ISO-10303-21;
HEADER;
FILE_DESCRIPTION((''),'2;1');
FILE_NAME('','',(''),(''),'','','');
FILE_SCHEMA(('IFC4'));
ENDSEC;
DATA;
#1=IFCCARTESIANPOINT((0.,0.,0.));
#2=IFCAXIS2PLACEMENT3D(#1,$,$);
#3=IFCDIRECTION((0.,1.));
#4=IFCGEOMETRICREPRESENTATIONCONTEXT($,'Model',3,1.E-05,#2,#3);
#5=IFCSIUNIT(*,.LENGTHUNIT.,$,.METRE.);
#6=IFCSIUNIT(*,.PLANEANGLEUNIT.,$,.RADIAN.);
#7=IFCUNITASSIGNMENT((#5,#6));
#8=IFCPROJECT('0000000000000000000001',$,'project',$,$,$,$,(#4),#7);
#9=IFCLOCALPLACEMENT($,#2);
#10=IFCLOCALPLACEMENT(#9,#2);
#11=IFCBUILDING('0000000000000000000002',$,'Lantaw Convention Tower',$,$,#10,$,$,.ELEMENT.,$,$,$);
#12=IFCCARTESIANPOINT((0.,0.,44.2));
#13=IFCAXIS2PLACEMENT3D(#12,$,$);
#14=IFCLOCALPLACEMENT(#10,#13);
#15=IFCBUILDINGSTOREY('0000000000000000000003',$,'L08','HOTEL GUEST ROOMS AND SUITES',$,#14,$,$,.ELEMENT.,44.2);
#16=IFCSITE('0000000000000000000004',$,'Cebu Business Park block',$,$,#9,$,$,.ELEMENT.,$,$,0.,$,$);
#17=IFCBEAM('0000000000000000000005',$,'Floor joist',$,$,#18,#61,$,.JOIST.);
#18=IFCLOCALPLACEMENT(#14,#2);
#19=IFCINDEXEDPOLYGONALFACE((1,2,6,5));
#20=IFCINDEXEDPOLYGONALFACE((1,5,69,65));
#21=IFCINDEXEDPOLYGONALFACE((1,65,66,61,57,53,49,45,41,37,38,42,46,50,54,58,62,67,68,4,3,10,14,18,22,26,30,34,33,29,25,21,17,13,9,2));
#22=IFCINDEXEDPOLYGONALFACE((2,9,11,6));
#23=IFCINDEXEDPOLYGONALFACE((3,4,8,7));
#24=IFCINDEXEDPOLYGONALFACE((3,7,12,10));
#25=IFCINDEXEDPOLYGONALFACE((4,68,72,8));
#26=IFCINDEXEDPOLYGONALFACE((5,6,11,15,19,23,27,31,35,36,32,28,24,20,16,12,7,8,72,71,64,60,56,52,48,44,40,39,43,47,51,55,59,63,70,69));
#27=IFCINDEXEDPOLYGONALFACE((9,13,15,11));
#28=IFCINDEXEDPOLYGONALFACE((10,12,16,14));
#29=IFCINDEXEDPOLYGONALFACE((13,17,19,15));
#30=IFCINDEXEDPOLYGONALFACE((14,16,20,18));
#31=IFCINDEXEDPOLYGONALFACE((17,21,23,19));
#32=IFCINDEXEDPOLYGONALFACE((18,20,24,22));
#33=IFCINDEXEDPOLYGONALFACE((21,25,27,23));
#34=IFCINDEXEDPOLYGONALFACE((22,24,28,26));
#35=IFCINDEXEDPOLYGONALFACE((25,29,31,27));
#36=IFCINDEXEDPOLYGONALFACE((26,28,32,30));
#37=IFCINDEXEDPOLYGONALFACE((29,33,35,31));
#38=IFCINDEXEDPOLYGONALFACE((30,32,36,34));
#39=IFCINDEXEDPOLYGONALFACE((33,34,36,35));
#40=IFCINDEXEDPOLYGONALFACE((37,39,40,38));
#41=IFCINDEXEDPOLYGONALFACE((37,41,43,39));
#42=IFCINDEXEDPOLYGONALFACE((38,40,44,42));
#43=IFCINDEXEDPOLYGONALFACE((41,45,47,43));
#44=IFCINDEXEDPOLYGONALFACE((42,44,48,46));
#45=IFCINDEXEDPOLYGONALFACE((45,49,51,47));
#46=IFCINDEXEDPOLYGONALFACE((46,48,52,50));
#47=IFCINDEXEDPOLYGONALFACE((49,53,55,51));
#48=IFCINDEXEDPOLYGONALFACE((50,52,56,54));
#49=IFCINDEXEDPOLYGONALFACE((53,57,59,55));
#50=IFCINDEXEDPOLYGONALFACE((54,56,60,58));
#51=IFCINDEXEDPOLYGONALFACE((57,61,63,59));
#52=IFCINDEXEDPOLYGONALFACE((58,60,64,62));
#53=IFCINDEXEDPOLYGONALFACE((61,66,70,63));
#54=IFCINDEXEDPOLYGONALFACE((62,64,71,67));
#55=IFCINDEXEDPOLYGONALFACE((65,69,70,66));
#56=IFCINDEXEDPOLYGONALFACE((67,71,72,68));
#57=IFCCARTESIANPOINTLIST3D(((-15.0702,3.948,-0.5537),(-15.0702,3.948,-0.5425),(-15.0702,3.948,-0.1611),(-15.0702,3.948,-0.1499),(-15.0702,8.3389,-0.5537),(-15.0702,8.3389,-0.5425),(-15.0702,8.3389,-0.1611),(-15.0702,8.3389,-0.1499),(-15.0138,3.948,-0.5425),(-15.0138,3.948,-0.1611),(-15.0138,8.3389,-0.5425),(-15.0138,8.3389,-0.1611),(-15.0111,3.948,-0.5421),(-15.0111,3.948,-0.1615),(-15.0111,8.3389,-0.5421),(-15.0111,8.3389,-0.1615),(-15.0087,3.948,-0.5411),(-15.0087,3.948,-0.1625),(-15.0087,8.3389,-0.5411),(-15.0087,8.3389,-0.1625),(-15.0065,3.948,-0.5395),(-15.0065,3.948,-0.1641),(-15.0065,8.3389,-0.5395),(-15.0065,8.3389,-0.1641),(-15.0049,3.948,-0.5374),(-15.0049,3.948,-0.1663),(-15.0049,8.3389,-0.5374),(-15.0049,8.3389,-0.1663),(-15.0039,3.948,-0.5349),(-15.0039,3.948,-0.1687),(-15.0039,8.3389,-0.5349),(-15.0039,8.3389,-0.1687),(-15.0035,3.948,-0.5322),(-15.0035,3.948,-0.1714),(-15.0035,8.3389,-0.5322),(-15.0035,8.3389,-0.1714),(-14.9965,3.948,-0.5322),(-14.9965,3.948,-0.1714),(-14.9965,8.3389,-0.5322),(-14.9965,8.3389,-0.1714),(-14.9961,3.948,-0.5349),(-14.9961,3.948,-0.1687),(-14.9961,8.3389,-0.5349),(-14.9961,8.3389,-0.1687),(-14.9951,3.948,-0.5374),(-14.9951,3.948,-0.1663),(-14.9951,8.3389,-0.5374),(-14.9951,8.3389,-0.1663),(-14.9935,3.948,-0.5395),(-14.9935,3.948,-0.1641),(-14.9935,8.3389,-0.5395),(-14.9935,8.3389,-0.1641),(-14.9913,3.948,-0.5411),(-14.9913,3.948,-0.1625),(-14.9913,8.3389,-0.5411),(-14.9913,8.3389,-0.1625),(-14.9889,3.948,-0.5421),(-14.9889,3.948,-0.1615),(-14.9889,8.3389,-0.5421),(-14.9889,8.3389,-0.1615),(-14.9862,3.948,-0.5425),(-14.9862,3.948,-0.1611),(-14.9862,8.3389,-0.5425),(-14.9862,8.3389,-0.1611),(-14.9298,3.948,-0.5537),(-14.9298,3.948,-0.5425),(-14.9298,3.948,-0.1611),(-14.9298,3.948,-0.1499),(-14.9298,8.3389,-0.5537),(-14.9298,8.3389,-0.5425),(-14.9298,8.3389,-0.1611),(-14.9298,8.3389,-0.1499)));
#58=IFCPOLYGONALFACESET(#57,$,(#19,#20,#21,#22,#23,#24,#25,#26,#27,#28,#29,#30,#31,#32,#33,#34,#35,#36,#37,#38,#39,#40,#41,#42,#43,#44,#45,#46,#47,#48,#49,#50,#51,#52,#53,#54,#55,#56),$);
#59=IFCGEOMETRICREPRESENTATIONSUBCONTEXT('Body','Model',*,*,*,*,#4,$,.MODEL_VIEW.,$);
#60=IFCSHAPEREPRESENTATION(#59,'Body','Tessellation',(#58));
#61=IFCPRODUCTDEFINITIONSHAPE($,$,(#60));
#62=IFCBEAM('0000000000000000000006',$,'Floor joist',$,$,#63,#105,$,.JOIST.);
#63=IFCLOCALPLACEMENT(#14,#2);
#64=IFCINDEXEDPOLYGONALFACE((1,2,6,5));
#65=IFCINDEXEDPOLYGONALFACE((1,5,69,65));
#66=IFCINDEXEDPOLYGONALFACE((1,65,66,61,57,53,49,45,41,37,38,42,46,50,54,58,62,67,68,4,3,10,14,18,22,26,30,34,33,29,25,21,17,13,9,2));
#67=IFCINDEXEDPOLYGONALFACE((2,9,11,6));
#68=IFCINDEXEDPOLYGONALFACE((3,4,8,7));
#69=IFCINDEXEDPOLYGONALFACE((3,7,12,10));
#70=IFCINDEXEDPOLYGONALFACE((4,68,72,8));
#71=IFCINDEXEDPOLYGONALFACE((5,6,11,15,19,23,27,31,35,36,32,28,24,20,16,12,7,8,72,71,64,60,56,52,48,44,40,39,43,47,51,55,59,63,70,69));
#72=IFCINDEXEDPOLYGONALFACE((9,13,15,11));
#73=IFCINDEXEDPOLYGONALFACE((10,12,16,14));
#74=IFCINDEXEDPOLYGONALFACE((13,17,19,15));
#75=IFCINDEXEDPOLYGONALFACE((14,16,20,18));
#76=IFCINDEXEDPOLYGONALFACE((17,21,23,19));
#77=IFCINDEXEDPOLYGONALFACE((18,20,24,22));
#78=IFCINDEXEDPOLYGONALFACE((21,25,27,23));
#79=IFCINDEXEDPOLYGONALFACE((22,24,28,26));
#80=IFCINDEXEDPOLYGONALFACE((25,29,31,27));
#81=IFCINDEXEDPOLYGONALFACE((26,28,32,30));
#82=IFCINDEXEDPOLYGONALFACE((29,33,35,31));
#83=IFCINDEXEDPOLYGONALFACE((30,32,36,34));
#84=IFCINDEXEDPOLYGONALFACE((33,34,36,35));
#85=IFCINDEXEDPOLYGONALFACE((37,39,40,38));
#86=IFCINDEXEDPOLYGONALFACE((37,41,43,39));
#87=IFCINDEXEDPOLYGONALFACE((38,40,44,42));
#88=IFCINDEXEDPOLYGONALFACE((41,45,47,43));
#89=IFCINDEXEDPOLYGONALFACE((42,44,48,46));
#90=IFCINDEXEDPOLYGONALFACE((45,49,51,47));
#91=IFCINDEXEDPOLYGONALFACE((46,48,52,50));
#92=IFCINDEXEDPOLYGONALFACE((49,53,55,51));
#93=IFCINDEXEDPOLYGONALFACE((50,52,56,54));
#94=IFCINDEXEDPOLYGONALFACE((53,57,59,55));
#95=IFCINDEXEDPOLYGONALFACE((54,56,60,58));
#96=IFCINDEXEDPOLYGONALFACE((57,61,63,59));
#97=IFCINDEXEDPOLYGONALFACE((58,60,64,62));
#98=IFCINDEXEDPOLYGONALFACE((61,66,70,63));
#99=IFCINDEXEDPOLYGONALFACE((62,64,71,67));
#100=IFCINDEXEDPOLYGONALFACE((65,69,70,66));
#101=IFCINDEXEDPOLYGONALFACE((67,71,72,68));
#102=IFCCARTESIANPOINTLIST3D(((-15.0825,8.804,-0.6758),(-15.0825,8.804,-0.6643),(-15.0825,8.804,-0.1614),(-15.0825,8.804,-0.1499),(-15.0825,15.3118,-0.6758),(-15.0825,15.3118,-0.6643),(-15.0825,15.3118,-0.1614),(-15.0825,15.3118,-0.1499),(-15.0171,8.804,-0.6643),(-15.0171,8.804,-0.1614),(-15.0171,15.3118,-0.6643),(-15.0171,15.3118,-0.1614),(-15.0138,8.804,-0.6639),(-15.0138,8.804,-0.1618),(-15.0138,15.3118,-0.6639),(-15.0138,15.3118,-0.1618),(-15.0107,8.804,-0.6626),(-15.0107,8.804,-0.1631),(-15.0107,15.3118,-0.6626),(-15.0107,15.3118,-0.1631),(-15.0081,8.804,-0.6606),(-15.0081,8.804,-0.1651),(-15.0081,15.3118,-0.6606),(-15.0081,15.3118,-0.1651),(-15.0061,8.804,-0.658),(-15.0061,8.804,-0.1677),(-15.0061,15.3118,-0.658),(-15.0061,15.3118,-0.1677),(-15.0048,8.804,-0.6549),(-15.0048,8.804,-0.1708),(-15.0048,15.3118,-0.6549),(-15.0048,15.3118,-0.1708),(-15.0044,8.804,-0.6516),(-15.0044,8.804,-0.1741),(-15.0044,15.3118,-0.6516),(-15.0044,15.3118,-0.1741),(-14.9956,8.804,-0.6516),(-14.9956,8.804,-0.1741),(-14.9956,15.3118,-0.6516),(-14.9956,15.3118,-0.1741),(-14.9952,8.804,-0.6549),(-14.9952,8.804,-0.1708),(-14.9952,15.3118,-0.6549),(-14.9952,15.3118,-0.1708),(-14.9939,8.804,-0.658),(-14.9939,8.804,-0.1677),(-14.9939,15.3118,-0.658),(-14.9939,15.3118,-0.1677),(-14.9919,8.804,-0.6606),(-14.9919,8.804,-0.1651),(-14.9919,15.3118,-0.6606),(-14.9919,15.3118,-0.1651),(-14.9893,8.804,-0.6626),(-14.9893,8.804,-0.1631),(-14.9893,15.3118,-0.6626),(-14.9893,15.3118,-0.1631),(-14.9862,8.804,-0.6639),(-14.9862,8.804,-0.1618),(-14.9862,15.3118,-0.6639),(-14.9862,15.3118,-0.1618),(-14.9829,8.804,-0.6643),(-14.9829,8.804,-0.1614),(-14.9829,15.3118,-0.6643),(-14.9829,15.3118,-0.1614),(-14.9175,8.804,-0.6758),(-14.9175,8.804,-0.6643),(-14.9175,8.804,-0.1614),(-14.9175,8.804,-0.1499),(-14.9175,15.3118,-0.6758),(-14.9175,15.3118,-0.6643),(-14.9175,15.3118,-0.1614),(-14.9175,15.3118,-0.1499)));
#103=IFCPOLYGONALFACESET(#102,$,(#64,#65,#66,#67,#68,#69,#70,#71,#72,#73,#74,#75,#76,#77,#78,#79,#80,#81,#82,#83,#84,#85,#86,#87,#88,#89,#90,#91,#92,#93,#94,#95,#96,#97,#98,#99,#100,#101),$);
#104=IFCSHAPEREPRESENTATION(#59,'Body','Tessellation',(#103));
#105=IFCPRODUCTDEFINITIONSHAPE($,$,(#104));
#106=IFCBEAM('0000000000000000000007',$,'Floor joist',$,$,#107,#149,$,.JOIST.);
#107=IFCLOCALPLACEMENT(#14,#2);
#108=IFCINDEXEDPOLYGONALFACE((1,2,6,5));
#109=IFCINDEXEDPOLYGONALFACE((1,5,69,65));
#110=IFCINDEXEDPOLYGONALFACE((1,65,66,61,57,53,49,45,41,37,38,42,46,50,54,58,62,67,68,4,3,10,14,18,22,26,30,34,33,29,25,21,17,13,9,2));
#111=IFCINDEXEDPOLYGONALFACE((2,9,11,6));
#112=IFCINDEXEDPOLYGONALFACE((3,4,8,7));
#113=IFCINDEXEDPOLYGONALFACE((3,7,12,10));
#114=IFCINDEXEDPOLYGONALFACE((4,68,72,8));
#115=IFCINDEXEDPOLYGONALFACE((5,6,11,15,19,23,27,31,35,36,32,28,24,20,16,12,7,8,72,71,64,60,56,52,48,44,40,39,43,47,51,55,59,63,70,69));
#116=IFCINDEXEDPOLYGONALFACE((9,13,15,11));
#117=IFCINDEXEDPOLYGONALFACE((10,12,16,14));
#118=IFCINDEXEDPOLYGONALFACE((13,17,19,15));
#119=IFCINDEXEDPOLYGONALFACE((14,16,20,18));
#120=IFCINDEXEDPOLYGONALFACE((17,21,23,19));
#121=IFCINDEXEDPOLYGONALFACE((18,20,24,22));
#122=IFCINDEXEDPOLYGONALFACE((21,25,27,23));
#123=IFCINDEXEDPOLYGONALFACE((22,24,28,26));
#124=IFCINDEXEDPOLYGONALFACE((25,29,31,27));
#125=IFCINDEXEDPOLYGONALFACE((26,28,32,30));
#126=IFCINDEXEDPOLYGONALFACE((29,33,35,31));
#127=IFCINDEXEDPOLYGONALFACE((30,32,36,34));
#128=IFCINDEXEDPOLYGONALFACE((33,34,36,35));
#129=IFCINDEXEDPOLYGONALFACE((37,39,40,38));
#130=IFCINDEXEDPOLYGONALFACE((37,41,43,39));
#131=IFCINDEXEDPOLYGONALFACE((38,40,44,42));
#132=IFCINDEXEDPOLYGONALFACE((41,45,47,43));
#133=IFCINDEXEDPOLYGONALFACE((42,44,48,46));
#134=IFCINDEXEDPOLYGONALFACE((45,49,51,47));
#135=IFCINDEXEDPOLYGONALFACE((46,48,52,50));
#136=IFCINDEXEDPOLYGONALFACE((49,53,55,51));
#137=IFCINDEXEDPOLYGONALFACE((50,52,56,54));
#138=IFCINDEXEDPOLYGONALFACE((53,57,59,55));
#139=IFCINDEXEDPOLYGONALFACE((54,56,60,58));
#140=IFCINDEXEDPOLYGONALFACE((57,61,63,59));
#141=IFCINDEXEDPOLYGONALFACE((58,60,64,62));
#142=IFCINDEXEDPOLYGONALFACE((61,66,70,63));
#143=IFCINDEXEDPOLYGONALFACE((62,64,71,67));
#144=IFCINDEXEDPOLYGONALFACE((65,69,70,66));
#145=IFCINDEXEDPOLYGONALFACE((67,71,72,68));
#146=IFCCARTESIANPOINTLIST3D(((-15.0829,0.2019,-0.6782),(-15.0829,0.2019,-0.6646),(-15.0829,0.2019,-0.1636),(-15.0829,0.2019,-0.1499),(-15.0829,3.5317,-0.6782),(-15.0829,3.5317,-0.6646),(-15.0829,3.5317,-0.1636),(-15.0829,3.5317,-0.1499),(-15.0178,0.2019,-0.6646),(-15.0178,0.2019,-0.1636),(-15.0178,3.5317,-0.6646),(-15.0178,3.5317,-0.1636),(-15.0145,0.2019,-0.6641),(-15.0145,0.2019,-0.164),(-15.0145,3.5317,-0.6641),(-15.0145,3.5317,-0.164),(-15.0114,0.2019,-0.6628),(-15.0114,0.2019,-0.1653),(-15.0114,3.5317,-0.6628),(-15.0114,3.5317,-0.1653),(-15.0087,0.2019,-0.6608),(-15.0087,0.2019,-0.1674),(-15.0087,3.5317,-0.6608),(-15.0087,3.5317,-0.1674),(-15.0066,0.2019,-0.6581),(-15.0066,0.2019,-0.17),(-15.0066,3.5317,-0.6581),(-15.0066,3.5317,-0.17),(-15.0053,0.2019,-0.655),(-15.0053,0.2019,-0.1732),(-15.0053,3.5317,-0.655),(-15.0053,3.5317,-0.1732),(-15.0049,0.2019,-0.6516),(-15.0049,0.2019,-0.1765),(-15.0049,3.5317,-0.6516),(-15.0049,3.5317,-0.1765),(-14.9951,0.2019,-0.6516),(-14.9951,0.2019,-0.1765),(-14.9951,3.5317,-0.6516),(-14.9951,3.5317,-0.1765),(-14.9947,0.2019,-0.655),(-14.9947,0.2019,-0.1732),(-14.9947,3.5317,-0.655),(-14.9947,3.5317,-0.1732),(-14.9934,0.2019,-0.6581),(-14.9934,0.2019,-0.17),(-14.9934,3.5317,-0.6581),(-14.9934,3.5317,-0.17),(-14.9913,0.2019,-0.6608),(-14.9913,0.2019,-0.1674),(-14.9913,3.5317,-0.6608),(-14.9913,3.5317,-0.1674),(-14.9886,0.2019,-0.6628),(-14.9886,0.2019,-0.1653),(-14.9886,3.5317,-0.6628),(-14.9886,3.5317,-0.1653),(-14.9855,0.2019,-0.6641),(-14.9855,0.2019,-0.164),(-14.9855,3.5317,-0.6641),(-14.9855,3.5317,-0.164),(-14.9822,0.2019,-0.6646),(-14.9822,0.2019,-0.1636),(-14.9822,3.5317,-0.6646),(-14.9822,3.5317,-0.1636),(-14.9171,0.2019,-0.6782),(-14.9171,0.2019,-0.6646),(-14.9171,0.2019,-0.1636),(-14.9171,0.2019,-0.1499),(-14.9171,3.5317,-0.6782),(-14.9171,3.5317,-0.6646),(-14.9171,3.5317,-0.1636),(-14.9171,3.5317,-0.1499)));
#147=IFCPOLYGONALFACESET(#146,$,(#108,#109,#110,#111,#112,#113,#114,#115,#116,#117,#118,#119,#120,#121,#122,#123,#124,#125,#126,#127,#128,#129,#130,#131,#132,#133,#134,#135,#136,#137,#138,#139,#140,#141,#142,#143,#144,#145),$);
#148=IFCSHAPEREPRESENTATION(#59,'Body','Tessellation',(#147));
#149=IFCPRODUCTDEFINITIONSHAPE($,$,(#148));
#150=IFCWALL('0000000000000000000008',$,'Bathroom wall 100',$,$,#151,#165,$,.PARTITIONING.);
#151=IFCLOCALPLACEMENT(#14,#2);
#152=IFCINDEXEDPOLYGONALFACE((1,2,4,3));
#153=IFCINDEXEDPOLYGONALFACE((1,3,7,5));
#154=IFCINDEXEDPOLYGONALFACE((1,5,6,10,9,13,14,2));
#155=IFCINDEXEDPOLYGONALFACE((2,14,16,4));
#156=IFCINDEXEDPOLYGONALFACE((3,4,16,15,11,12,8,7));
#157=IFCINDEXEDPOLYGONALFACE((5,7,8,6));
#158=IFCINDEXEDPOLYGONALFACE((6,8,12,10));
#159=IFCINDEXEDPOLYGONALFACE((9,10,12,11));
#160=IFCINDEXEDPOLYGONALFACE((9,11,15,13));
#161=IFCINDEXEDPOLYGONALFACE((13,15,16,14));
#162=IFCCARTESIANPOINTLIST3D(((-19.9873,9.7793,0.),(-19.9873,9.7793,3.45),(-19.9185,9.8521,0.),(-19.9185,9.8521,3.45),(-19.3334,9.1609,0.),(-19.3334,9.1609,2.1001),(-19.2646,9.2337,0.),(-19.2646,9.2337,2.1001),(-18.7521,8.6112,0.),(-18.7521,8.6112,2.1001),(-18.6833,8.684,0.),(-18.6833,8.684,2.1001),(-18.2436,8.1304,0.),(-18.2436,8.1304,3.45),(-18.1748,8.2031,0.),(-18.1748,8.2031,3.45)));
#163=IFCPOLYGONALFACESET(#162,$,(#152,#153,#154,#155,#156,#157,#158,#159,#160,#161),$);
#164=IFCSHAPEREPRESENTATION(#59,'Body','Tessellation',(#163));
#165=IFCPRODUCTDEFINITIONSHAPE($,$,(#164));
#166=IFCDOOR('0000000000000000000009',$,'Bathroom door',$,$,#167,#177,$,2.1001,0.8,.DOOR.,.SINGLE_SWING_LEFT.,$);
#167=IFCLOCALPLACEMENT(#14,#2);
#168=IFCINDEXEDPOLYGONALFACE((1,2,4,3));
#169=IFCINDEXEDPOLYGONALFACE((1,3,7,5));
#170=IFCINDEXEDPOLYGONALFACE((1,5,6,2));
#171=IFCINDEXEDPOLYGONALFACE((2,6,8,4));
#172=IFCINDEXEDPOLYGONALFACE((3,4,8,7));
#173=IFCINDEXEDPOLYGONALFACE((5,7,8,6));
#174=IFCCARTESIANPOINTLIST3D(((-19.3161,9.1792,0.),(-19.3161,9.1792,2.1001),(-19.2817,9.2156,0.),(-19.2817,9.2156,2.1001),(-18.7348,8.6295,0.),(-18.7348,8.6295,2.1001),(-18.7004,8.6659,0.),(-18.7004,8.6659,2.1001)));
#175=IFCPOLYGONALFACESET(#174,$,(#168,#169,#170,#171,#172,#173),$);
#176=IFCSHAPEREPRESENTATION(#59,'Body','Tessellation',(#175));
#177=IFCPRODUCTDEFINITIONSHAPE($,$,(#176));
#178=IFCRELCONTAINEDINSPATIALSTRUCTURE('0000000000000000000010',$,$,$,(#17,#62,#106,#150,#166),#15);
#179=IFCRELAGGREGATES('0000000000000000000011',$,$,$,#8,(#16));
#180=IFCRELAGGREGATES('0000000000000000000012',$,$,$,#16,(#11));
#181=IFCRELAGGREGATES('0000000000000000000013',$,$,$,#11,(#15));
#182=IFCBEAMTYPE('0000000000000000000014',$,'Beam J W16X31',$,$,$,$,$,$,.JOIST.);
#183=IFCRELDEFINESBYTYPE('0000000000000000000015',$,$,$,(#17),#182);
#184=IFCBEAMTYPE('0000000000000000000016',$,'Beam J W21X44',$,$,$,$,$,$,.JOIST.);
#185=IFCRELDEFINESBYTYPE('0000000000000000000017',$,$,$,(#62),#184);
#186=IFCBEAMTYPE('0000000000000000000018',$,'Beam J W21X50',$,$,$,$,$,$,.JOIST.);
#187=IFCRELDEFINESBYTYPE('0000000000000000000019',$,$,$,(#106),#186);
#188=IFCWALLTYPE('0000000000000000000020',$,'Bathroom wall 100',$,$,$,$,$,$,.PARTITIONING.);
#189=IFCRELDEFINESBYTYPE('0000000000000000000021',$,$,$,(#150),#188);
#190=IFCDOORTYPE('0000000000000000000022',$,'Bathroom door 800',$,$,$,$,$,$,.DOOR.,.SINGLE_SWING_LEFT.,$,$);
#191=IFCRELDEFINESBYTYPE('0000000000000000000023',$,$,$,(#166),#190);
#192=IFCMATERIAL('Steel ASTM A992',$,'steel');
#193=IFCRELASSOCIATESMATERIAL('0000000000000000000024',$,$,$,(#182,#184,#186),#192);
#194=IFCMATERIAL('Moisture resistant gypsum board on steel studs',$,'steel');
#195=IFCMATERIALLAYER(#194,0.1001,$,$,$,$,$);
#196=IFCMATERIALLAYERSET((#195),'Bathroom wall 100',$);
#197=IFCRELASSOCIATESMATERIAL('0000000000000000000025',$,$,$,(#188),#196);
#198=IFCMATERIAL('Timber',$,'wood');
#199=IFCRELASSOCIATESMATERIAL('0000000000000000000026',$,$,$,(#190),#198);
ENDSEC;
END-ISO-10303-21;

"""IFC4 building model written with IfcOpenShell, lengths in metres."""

from ifc_helpers import new_model, si_unit, direction, frame, frame_2d, origin, origin_2d, place, context, subcontext, project, spatial, rectangle, i_section, extrude, material, layer, layer_set, material_profile, profile_set, type_object, element, fill, save


model = new_model("IFC4")

# Units and contexts
model_context = context("Model", 3, precision=1e-05, world=origin(), true_north=direction((0.0, 1.0)))
body_context = subcontext(model_context, "Body", "Model", "MODEL_VIEW")
ifc_project = project(units=[si_unit("LENGTHUNIT", "METRE"), si_unit("PLANEANGLEUNIT", "RADIAN")], contexts=[model_context])

# Site, building, storey
site_placement = place(None, origin())
site = spatial("IfcSite", under=ifc_project, at=site_placement, Name="Cebu Business Park block", CompositionType="ELEMENT", RefElevation=0.0)
building_placement = place(site_placement, origin())
building = spatial("IfcBuilding", under=site, at=building_placement, Name="Lantaw Convention Tower", CompositionType="ELEMENT")
storey_placement = place(building_placement, frame((0.0, 0.0, 44.2)))
storey = spatial("IfcBuildingStorey", under=building, at=storey_placement, Name="L08", Description="HOTEL GUEST ROOMS AND SUITES", CompositionType="ELEMENT", Elevation=44.2)

# Beams
ifc_material_1 = material(Name="Steel ASTM A992", Category="steel")
ifc_material_profile_1 = material_profile(ifc_material_1, i_section(OverallWidth=0.1404, OverallDepth=0.4038, WebThickness=0.0071, FlangeThickness=0.0112, FilletRadius=0.0103, at=origin_2d()), Name="W16X31")
ifc_profile_set_1 = profile_set([ifc_material_profile_1], Name="Steel ASTM A992")
beam_type_1 = type_object("IfcBeamType", Name="Beam J W16X31", PredefinedType="JOIST", material=ifc_profile_set_1)
beam_1_placement = place(storey_placement, frame((-15.0, 3.948, -0.3518), z_axis=(0.0, 1.0, 0.0), x_axis=(-1.0, 0.0, 0.0)))
element("IfcBeam", 1, at=beam_1_placement, inside=storey, type_object=beam_type_1, Name="Floor joist", PredefinedType="JOIST", context=body_context, shape_type="SweptSolid", body=[
    extrude(i_section(OverallWidth=0.1404, OverallDepth=0.4038, WebThickness=0.0071, FlangeThickness=0.0112, FilletRadius=0.0103, at=origin_2d()), origin(), (0.0, 0.0, 1.0), 4.3909),
])
ifc_material_profile_2 = material_profile(ifc_material_1, i_section(OverallWidth=0.165, OverallDepth=0.5259, WebThickness=0.0088, FlangeThickness=0.0115, FilletRadius=0.0127, at=origin_2d()), Name="W21X44")
ifc_profile_set_2 = profile_set([ifc_material_profile_2], Name="Steel ASTM A992")
beam_type_2 = type_object("IfcBeamType", Name="Beam J W21X44", PredefinedType="JOIST", material=ifc_profile_set_2)
beam_2_placement = place(storey_placement, frame((-15.0, 8.804, -0.4128), z_axis=(0.0, 1.0, 0.0), x_axis=(-1.0, 0.0, 0.0)))
element("IfcBeam", 2, at=beam_2_placement, inside=storey, type_object=beam_type_2, Name="Floor joist", PredefinedType="JOIST", context=body_context, shape_type="SweptSolid", body=[
    extrude(i_section(OverallWidth=0.165, OverallDepth=0.5259, WebThickness=0.0088, FlangeThickness=0.0115, FilletRadius=0.0127, at=origin_2d()), origin(), (0.0, 0.0, 1.0), 6.5078),
])
ifc_material_profile_3 = material_profile(ifc_material_1, i_section(OverallWidth=0.1658, OverallDepth=0.5283, WebThickness=0.0098, FlangeThickness=0.0137, FilletRadius=0.0129, at=origin_2d()), Name="W21X50")
ifc_profile_set_3 = profile_set([ifc_material_profile_3], Name="Steel ASTM A992")
beam_type_3 = type_object("IfcBeamType", Name="Beam J W21X50", PredefinedType="JOIST", material=ifc_profile_set_3)
beam_3_placement = place(storey_placement, frame((-15.0, 0.2019, -0.4141), z_axis=(0.0, 1.0, 0.0), x_axis=(-1.0, 0.0, 0.0)))
element("IfcBeam", 3, at=beam_3_placement, inside=storey, type_object=beam_type_3, Name="Floor joist", PredefinedType="JOIST", context=body_context, shape_type="SweptSolid", body=[
    extrude(i_section(OverallWidth=0.1658, OverallDepth=0.5283, WebThickness=0.0098, FlangeThickness=0.0137, FilletRadius=0.0129, at=origin_2d()), origin(), (0.0, 0.0, 1.0), 3.3298),
])

# Wall, opening, door
ifc_material_2 = material(Name="Moisture resistant gypsum board on steel studs", Category="steel")
ifc_layer_1 = layer(ifc_material_2, 0.1001)
ifc_layer_set_1 = layer_set([ifc_layer_1], Name="Bathroom wall 100")
wall_type_1 = type_object("IfcWallType", Name="Bathroom wall 100", PredefinedType="PARTITIONING", material=ifc_layer_set_1)
wall_1_placement = place(storey_placement, frame((-18.2092, 8.1667, 0.0), z_axis=(0.0, 0.0, 1.0), x_axis=(-0.726567, 0.687095, 0.0)))
wall_1 = element("IfcWall", 4, at=wall_1_placement, inside=storey, type_object=wall_type_1, Name="Bathroom wall 100", PredefinedType="PARTITIONING", context=body_context, shape_type="SweptSolid", body=[
    extrude(rectangle(XDim=2.3999, YDim=0.1001, at=frame_2d((1.2, 0.0))), origin(), (0.0, 0.0, 1.0), 3.45),
])
opening_1_placement = place(wall_1_placement, frame((0.7, 0.0, 0.0)))
opening_1 = element("IfcOpeningElement", 5, at=opening_1_placement, cuts=wall_1, PredefinedType="OPENING", context=body_context, shape_type="SweptSolid", body=[
    extrude(rectangle(XDim=0.8, YDim=2.1001, at=frame_2d((0.3999, 1.05))), frame((0.0, 0.0601, 0.0), z_axis=(0.0, -1.0, 0.0), x_axis=(1.0, 0.0, 0.0)), (0.0, 0.0, 1.0), 0.1201),
])
ifc_material_3 = material(Name="Timber", Category="wood")
door_type_1 = type_object("IfcDoorType", Name="Bathroom door 800", OperationType="SINGLE_SWING_LEFT", PredefinedType="DOOR", material=ifc_material_3)
door_1_placement = place(opening_1_placement, origin())
door_1 = element("IfcDoor", 6, at=door_1_placement, inside=storey, type_object=door_type_1, Name="Bathroom door", OperationType="SINGLE_SWING_LEFT", OverallHeight=2.1001, OverallWidth=0.8, PredefinedType="DOOR", context=body_context, shape_type="SweptSolid", body=[
    extrude(rectangle(XDim=0.8, YDim=2.1001, at=frame_2d((0.3999, 1.05))), frame((0.0, 0.0249, 0.0), z_axis=(0.0, -1.0, 0.0), x_axis=(1.0, 0.0, 0.0)), (0.0, 0.0, 1.0), 0.05),
])
fill(opening_1, door_1)

save(model, "model.ifc")
